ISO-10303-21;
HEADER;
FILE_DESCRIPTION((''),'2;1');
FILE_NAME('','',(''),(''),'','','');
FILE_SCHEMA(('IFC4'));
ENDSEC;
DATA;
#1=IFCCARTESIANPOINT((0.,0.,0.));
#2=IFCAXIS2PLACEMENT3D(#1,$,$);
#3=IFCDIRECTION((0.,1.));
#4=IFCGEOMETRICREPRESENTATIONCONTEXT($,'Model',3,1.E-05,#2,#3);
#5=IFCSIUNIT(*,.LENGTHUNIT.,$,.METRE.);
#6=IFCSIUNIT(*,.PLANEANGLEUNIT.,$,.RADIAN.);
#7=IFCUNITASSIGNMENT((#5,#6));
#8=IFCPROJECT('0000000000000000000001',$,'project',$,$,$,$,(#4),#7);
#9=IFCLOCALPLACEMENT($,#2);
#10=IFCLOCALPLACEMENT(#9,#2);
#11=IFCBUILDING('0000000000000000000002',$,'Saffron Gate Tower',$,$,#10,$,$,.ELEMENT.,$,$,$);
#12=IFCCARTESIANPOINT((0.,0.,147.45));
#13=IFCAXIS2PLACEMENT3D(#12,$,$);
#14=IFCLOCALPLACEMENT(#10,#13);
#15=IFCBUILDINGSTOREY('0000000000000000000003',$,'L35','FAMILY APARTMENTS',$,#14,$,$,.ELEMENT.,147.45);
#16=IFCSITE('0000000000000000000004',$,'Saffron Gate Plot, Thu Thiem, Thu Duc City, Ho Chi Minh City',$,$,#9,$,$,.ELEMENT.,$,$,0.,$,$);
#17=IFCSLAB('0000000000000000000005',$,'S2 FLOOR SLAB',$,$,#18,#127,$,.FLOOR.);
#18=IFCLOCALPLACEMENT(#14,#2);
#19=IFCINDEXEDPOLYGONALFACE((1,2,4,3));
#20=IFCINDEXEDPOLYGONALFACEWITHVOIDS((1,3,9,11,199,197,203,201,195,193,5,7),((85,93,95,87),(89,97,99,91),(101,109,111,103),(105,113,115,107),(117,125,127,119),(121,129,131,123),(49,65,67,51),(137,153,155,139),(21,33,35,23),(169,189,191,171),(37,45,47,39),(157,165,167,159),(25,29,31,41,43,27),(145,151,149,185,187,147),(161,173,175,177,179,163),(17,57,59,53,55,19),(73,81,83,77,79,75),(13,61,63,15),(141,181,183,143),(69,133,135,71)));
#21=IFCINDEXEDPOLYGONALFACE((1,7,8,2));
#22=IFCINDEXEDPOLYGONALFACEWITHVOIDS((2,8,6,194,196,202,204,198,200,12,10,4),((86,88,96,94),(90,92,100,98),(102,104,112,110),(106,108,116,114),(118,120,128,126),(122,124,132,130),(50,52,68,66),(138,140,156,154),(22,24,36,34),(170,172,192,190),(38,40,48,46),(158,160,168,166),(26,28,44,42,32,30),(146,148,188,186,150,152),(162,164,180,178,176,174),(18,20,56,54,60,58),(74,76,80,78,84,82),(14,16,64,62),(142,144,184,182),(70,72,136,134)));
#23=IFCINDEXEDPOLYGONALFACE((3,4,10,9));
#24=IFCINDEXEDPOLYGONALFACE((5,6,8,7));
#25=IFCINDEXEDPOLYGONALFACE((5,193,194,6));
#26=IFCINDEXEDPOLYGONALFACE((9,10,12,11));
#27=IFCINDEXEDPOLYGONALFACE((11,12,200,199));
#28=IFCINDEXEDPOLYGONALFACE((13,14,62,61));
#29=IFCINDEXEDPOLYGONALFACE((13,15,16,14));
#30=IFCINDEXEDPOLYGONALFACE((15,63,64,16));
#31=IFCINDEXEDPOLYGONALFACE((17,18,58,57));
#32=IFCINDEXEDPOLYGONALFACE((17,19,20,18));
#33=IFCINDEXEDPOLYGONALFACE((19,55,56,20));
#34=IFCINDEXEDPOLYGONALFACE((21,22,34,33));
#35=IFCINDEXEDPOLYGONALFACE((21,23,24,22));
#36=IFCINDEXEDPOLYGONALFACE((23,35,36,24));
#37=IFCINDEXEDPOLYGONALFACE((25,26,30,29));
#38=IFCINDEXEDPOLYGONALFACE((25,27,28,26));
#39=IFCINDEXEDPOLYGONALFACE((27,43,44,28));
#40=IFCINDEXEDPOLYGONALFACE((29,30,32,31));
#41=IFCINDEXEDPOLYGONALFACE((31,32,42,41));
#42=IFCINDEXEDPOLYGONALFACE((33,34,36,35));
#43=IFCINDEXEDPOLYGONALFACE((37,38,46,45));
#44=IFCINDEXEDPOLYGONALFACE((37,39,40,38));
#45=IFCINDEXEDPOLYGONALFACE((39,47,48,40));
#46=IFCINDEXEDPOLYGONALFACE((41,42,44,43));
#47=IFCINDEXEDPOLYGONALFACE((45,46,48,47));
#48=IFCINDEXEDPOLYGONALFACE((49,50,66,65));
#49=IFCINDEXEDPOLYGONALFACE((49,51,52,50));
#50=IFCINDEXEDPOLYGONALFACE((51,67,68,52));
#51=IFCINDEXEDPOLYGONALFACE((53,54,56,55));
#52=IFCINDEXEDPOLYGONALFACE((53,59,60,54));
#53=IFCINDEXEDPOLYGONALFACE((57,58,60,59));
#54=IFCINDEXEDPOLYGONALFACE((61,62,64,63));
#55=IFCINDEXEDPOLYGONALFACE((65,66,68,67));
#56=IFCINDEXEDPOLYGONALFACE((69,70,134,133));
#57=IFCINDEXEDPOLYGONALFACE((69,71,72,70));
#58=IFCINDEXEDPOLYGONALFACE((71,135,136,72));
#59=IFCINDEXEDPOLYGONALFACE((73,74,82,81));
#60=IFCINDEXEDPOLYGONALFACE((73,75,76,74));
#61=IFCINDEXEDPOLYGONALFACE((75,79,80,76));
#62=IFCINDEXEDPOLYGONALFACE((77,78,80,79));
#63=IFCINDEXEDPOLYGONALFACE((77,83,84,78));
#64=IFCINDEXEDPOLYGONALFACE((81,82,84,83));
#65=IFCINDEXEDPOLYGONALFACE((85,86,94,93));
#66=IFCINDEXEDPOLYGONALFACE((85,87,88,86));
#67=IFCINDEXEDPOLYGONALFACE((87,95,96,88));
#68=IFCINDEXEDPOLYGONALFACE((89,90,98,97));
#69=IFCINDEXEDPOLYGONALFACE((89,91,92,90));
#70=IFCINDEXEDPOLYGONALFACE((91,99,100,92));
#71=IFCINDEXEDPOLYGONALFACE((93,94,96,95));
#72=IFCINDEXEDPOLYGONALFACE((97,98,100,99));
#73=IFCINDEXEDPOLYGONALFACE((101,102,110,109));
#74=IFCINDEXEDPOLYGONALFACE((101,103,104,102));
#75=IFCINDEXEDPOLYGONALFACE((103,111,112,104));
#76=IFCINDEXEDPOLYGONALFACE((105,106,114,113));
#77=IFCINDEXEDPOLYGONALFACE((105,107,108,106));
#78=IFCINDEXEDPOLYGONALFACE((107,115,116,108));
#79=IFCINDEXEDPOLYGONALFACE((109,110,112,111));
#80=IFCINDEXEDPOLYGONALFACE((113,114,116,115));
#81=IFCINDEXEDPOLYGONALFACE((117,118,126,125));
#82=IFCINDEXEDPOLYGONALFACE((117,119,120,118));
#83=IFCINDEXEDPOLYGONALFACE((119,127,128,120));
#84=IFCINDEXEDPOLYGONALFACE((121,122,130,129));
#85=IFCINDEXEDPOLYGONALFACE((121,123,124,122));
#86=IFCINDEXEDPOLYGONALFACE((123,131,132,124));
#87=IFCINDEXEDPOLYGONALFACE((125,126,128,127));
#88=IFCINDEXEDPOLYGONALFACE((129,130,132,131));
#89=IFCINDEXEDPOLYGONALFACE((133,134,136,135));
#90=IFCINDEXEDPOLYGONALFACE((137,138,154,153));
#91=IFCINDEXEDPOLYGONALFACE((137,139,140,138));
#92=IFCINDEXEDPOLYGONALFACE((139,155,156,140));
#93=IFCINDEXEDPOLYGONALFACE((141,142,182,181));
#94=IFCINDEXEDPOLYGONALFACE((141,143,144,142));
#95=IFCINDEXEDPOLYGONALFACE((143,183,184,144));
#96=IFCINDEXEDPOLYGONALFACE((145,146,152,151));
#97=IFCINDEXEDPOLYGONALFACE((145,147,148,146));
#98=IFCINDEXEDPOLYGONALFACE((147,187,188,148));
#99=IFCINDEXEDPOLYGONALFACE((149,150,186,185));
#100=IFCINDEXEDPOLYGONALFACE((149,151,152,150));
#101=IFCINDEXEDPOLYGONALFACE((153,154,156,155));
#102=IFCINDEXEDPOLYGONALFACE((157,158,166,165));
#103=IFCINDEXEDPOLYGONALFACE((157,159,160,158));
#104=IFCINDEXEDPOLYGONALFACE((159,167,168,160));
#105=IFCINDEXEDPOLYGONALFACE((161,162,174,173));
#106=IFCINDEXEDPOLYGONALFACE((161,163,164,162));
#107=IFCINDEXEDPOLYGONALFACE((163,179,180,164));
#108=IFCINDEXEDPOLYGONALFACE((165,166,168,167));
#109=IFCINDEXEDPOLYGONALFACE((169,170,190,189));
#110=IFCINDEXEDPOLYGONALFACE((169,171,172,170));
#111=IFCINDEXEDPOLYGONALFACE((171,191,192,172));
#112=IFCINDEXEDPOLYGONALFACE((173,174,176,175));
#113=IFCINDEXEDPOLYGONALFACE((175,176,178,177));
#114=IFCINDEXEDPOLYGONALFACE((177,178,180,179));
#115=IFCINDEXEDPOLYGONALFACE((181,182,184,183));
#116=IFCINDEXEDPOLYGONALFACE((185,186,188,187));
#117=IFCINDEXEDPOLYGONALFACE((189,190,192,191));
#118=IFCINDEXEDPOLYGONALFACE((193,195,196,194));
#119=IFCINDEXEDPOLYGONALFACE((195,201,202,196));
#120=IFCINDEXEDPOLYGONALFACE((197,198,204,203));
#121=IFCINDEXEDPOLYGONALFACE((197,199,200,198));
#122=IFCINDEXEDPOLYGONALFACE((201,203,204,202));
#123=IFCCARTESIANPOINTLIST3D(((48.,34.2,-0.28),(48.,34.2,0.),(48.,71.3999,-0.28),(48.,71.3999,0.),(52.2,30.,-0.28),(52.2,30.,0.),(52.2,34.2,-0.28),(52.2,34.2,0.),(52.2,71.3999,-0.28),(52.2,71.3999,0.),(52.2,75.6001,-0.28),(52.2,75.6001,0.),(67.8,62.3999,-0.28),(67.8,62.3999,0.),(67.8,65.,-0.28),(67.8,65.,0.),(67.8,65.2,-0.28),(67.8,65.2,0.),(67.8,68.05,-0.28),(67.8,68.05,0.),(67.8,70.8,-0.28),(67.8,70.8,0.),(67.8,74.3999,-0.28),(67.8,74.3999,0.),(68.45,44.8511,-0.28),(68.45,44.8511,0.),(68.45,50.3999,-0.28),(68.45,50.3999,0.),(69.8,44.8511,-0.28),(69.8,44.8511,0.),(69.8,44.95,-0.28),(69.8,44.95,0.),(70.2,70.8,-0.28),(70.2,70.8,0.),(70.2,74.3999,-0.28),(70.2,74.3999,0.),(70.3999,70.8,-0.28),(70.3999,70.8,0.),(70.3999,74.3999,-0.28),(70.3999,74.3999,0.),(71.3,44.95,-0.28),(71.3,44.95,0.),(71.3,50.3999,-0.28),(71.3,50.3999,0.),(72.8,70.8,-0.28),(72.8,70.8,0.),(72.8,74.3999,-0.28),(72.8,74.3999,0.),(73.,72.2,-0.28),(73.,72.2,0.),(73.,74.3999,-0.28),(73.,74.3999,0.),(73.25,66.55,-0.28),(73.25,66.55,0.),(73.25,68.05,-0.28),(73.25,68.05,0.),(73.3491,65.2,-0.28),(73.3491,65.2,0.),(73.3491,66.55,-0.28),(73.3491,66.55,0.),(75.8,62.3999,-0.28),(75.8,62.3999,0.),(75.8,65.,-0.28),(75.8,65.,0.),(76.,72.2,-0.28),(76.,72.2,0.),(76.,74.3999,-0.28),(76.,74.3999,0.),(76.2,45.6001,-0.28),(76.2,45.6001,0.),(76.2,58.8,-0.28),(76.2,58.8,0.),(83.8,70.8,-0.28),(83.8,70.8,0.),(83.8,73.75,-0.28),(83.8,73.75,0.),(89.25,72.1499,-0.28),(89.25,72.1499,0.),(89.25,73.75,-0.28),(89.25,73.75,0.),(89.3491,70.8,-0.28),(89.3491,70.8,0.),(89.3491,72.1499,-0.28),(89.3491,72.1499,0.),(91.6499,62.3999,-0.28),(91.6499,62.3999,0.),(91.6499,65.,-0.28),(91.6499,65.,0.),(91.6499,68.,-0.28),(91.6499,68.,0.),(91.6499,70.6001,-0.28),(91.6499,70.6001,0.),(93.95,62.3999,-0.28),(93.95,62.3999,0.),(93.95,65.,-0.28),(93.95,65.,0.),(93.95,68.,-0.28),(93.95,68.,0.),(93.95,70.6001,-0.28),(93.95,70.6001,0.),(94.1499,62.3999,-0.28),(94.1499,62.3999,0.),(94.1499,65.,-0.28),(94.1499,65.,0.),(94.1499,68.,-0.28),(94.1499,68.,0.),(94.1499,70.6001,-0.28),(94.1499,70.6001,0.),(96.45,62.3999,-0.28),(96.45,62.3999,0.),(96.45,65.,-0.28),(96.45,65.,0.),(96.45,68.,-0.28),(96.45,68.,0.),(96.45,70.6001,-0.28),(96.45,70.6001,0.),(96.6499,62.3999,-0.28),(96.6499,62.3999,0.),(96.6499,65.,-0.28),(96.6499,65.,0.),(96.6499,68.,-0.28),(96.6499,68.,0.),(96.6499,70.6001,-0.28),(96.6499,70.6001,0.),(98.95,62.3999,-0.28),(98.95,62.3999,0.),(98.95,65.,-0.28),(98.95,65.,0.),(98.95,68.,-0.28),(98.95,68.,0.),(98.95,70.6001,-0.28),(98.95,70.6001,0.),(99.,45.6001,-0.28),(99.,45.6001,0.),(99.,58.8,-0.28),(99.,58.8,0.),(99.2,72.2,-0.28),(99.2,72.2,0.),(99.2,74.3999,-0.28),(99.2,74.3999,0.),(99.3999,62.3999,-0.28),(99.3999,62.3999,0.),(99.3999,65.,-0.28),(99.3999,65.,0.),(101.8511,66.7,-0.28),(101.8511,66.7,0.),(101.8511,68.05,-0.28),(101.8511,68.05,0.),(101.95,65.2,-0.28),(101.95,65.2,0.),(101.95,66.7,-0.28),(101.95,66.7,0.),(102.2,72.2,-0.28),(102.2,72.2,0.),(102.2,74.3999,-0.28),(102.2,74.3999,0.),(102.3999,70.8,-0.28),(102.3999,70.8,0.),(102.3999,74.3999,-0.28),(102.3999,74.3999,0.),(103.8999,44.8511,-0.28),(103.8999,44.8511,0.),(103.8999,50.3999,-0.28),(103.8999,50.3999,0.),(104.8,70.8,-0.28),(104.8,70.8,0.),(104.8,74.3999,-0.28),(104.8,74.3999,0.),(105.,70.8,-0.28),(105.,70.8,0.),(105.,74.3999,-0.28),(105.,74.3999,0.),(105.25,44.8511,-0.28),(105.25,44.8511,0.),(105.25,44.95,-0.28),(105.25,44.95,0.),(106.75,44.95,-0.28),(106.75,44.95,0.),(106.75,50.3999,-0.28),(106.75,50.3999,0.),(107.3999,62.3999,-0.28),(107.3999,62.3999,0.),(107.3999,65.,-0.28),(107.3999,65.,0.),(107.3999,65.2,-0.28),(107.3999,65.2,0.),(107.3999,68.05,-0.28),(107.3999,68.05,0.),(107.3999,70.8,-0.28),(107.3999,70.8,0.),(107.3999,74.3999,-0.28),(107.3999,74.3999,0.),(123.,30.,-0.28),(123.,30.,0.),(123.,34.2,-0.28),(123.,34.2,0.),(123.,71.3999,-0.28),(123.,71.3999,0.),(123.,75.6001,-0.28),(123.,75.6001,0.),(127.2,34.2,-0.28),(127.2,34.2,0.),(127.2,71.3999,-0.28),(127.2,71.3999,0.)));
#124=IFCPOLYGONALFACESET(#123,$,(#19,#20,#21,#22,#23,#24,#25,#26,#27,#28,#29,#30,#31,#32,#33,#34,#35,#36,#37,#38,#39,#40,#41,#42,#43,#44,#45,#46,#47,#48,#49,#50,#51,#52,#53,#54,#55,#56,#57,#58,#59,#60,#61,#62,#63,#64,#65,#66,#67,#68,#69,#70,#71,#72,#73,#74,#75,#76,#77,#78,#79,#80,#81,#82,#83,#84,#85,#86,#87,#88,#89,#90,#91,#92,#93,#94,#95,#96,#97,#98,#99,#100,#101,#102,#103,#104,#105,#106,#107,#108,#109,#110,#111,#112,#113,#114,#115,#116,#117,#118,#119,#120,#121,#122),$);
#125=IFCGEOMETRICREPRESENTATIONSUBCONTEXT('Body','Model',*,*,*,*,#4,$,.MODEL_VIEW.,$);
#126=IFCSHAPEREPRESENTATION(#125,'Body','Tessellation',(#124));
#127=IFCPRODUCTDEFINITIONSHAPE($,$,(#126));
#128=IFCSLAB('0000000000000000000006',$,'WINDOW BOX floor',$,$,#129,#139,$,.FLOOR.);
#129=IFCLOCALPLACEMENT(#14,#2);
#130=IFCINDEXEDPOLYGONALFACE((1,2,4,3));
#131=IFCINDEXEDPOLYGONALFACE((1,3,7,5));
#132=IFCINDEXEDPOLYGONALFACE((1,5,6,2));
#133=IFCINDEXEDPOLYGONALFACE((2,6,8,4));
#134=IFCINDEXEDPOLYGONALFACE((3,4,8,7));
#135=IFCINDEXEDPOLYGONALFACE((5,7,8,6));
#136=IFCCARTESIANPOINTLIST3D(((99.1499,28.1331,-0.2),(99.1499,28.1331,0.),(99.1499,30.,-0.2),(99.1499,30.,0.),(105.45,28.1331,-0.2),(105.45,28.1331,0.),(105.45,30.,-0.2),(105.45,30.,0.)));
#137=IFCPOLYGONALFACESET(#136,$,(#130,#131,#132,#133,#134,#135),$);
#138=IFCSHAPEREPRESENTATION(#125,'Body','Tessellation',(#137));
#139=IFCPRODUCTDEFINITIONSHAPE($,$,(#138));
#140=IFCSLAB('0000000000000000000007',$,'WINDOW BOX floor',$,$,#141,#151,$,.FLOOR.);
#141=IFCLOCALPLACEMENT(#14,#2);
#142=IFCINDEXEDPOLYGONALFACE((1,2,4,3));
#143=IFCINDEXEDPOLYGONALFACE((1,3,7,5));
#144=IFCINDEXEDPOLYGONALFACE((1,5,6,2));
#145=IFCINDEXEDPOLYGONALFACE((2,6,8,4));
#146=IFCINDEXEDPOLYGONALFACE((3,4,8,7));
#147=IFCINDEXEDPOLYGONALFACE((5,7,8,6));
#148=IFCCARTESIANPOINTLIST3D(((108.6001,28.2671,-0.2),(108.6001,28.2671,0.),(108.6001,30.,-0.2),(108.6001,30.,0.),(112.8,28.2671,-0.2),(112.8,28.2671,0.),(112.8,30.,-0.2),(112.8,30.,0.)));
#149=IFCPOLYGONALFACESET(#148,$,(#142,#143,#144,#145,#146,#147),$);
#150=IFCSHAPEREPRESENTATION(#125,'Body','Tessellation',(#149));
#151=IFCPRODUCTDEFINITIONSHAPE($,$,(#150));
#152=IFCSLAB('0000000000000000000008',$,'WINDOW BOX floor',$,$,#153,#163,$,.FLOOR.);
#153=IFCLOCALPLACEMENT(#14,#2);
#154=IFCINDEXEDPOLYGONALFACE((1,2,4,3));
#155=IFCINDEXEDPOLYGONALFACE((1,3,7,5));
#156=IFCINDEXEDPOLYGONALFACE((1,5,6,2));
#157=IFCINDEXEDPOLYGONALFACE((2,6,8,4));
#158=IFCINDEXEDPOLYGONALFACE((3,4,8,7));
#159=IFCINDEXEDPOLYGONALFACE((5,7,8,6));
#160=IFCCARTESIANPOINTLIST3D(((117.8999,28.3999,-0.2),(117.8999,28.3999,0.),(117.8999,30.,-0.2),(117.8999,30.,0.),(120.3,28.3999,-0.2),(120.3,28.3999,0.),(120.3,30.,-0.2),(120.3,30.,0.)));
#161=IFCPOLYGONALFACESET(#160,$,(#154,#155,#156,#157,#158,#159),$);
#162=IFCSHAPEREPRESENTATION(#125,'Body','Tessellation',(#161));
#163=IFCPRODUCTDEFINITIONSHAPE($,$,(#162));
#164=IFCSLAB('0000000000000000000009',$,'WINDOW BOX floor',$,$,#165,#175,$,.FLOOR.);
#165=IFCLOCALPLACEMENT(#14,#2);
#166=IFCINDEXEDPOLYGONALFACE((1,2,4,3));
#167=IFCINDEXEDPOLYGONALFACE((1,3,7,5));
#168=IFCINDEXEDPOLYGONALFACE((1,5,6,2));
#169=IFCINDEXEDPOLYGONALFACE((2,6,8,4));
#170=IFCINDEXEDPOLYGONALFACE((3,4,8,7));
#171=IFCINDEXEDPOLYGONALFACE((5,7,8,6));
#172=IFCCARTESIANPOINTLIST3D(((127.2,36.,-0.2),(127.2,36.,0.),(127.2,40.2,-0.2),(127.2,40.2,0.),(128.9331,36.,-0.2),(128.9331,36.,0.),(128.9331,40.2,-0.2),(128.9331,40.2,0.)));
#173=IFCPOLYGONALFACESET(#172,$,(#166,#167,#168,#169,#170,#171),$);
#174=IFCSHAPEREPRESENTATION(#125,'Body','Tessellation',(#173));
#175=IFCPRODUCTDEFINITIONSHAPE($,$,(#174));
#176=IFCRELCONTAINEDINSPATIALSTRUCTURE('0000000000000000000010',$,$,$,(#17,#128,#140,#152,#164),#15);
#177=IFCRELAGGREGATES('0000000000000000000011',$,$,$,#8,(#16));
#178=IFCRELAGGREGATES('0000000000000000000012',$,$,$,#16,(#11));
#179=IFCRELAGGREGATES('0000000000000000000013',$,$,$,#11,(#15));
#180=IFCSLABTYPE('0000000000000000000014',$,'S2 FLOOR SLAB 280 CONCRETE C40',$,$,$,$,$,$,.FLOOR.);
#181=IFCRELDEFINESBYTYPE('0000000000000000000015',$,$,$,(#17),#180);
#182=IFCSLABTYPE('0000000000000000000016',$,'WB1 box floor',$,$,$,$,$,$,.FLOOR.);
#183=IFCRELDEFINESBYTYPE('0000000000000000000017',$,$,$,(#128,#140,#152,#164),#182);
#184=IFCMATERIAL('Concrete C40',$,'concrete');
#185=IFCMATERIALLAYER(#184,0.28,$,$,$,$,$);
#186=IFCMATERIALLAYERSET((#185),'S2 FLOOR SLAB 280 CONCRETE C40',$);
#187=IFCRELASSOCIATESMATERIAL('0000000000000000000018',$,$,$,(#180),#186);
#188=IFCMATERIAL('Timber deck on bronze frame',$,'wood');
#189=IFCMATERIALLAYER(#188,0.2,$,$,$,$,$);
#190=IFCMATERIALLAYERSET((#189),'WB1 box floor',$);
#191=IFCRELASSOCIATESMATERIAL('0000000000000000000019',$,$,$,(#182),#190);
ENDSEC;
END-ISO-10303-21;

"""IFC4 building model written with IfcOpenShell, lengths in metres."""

from ifc_helpers import new_model, si_unit, direction, frame, origin, place, context, subcontext, project, spatial, polyline, outline, extrude, material, layer, layer_set, type_object, element, save


model = new_model("IFC4")

# Units and contexts
model_context = context("Model", 3, precision=1e-05, world=origin(), true_north=direction((0.0, 1.0)))
body_context = subcontext(model_context, "Body", "Model", "MODEL_VIEW")
ifc_project = project(units=[si_unit("LENGTHUNIT", "METRE"), si_unit("PLANEANGLEUNIT", "RADIAN")], contexts=[model_context])

# Site, building, storey
site_placement = place(None, origin())
site = spatial("IfcSite", under=ifc_project, at=site_placement, Name="Saffron Gate Plot, Thu Thiem, Thu Duc City, Ho Chi Minh City", CompositionType="ELEMENT", RefElevation=0.0)
building_placement = place(site_placement, origin())
building = spatial("IfcBuilding", under=site, at=building_placement, Name="Saffron Gate Tower", CompositionType="ELEMENT")
storey_placement = place(building_placement, frame((0.0, 0.0, 147.45)))
storey = spatial("IfcBuildingStorey", under=building, at=storey_placement, Name="L35", Description="FAMILY APARTMENTS", CompositionType="ELEMENT", Elevation=147.45)

# Slabs
ifc_material_1 = material(Name="Concrete C40", Category="concrete")
ifc_layer_1 = layer(ifc_material_1, 0.28)
ifc_layer_set_1 = layer_set([ifc_layer_1], Name="S2 FLOOR SLAB 280 CONCRETE C40")
slab_type_1 = type_object("IfcSlabType", Name="S2 FLOOR SLAB 280 CONCRETE C40", PredefinedType="FLOOR", material=ifc_layer_set_1)
slab_1_placement = place(storey_placement, frame((0.0, 0.0, -0.28)))
element("IfcSlab", 1, at=slab_1_placement, inside=storey, type_object=slab_type_1, Name="S2 FLOOR SLAB", PredefinedType="FLOOR", context=body_context, shape_type="SweptSolid", body=[
    extrude(outline(polyline([(48.0, 34.2), (52.2, 34.2), (52.2, 30.0), (123.0, 30.0), (123.0, 34.2), (127.2, 34.2), (127.2, 71.3999), (123.0, 71.3999), (123.0, 75.6001), (52.2, 75.6001), (52.2, 71.3999), (48.0, 71.3999), (48.0, 34.2)]), holes=[polyline([(67.8, 62.3999), (67.8, 65.0), (75.8, 65.0), (75.8, 62.3999), (67.8, 62.3999)]), polyline([(67.8, 65.2), (67.8, 68.05), (73.25, 68.05), (73.25, 66.55), (73.3491, 66.55), (73.3491, 65.2), (67.8, 65.2)]), polyline([(67.8, 70.8), (67.8, 74.3999), (70.2, 74.3999), (70.2, 70.8), (67.8, 70.8)]), polyline([(68.45, 44.8511), (68.45, 50.3999), (71.3, 50.3999), (71.3, 44.95), (69.8, 44.95), (69.8, 44.8511), (68.45, 44.8511)]), polyline([(70.3999, 70.8), (70.3999, 74.3999), (72.8, 74.3999), (72.8, 70.8), (70.3999, 70.8)]), polyline([(73.0, 72.2), (73.0, 74.3999), (76.0, 74.3999), (76.0, 72.2), (73.0, 72.2)]), polyline([(76.2, 45.6001), (76.2, 58.8), (99.0, 58.8), (99.0, 45.6001), (76.2, 45.6001)]), polyline([(83.8, 70.8), (83.8, 73.75), (89.25, 73.75), (89.25, 72.1499), (89.3491, 72.1499), (89.3491, 70.8), (83.8, 70.8)]), polyline([(91.6499, 62.3999), (91.6499, 65.0), (93.95, 65.0), (93.95, 62.3999), (91.6499, 62.3999)]), polyline([(91.6499, 68.0), (91.6499, 70.6001), (93.95, 70.6001), (93.95, 68.0), (91.6499, 68.0)]), polyline([(94.1499, 62.3999), (94.1499, 65.0), (96.45, 65.0), (96.45, 62.3999), (94.1499, 62.3999)]), polyline([(94.1499, 68.0), (94.1499, 70.6001), (96.45, 70.6001), (96.45, 68.0), (94.1499, 68.0)]), polyline([(96.6499, 62.3999), (96.6499, 65.0), (98.95, 65.0), (98.95, 62.3999), (96.6499, 62.3999)]), polyline([(96.6499, 68.0), (96.6499, 70.6001), (98.95, 70.6001), (98.95, 68.0), (96.6499, 68.0)]), polyline([(99.2, 72.2), (99.2, 74.3999), (102.2, 74.3999), (102.2, 72.2), (99.2, 72.2)]), polyline([(99.3999, 62.3999), (99.3999, 65.0), (107.3999, 65.0), (107.3999, 62.3999), (99.3999, 62.3999)]), polyline([(101.8511, 66.7), (101.8511, 68.05), (107.3999, 68.05), (107.3999, 65.2), (101.95, 65.2), (101.95, 66.7), (101.8511, 66.7)]), polyline([(102.3999, 70.8), (102.3999, 74.3999), (104.8, 74.3999), (104.8, 70.8), (102.3999, 70.8)]), polyline([(103.8999, 44.8511), (103.8999, 50.3999), (106.75, 50.3999), (106.75, 44.95), (105.25, 44.95), (105.25, 44.8511), (103.8999, 44.8511)]), polyline([(105.0, 70.8), (105.0, 74.3999), (107.3999, 74.3999), (107.3999, 70.8), (105.0, 70.8)])]), origin(), (0.0, 0.0, 1.0), 0.28),
])
ifc_material_2 = material(Name="Timber deck on bronze frame", Category="wood")
ifc_layer_2 = layer(ifc_material_2, 0.2)
ifc_layer_set_2 = layer_set([ifc_layer_2], Name="WB1 box floor")
slab_type_2 = type_object("IfcSlabType", Name="WB1 box floor", PredefinedType="FLOOR", material=ifc_layer_set_2)
slab_2_placement = place(storey_placement, frame((0.0, 0.0, -0.2)))
element("IfcSlab", 2, at=slab_2_placement, inside=storey, type_object=slab_type_2, Name="WINDOW BOX floor", PredefinedType="FLOOR", context=body_context, shape_type="SweptSolid", body=[
    extrude(outline(polyline([(99.1499, 30.0), (105.45, 30.0), (105.45, 28.1331), (99.1499, 28.1331), (99.1499, 30.0)])), origin(), (0.0, 0.0, 1.0), 0.2),
])
slab_3_placement = place(storey_placement, frame((0.0, 0.0, -0.2)))
element("IfcSlab", 3, at=slab_3_placement, inside=storey, type_object=slab_type_2, Name="WINDOW BOX floor", PredefinedType="FLOOR", context=body_context, shape_type="SweptSolid", body=[
    extrude(outline(polyline([(108.6001, 30.0), (112.8, 30.0), (112.8, 28.2671), (108.6001, 28.2671), (108.6001, 30.0)])), origin(), (0.0, 0.0, 1.0), 0.2),
])
slab_4_placement = place(storey_placement, frame((0.0, 0.0, -0.2)))
element("IfcSlab", 4, at=slab_4_placement, inside=storey, type_object=slab_type_2, Name="WINDOW BOX floor", PredefinedType="FLOOR", context=body_context, shape_type="SweptSolid", body=[
    extrude(outline(polyline([(117.8999, 30.0), (120.3, 30.0), (120.3, 28.3999), (117.8999, 28.3999), (117.8999, 30.0)])), origin(), (0.0, 0.0, 1.0), 0.2),
])
slab_5_placement = place(storey_placement, frame((0.0, 0.0, -0.2)))
element("IfcSlab", 5, at=slab_5_placement, inside=storey, type_object=slab_type_2, Name="WINDOW BOX floor", PredefinedType="FLOOR", context=body_context, shape_type="SweptSolid", body=[
    extrude(outline(polyline([(127.2, 36.0), (127.2, 40.2), (128.9331, 40.2), (128.9331, 36.0), (127.2, 36.0)])), origin(), (0.0, 0.0, 1.0), 0.2),
])

save(model, "model.ifc")
